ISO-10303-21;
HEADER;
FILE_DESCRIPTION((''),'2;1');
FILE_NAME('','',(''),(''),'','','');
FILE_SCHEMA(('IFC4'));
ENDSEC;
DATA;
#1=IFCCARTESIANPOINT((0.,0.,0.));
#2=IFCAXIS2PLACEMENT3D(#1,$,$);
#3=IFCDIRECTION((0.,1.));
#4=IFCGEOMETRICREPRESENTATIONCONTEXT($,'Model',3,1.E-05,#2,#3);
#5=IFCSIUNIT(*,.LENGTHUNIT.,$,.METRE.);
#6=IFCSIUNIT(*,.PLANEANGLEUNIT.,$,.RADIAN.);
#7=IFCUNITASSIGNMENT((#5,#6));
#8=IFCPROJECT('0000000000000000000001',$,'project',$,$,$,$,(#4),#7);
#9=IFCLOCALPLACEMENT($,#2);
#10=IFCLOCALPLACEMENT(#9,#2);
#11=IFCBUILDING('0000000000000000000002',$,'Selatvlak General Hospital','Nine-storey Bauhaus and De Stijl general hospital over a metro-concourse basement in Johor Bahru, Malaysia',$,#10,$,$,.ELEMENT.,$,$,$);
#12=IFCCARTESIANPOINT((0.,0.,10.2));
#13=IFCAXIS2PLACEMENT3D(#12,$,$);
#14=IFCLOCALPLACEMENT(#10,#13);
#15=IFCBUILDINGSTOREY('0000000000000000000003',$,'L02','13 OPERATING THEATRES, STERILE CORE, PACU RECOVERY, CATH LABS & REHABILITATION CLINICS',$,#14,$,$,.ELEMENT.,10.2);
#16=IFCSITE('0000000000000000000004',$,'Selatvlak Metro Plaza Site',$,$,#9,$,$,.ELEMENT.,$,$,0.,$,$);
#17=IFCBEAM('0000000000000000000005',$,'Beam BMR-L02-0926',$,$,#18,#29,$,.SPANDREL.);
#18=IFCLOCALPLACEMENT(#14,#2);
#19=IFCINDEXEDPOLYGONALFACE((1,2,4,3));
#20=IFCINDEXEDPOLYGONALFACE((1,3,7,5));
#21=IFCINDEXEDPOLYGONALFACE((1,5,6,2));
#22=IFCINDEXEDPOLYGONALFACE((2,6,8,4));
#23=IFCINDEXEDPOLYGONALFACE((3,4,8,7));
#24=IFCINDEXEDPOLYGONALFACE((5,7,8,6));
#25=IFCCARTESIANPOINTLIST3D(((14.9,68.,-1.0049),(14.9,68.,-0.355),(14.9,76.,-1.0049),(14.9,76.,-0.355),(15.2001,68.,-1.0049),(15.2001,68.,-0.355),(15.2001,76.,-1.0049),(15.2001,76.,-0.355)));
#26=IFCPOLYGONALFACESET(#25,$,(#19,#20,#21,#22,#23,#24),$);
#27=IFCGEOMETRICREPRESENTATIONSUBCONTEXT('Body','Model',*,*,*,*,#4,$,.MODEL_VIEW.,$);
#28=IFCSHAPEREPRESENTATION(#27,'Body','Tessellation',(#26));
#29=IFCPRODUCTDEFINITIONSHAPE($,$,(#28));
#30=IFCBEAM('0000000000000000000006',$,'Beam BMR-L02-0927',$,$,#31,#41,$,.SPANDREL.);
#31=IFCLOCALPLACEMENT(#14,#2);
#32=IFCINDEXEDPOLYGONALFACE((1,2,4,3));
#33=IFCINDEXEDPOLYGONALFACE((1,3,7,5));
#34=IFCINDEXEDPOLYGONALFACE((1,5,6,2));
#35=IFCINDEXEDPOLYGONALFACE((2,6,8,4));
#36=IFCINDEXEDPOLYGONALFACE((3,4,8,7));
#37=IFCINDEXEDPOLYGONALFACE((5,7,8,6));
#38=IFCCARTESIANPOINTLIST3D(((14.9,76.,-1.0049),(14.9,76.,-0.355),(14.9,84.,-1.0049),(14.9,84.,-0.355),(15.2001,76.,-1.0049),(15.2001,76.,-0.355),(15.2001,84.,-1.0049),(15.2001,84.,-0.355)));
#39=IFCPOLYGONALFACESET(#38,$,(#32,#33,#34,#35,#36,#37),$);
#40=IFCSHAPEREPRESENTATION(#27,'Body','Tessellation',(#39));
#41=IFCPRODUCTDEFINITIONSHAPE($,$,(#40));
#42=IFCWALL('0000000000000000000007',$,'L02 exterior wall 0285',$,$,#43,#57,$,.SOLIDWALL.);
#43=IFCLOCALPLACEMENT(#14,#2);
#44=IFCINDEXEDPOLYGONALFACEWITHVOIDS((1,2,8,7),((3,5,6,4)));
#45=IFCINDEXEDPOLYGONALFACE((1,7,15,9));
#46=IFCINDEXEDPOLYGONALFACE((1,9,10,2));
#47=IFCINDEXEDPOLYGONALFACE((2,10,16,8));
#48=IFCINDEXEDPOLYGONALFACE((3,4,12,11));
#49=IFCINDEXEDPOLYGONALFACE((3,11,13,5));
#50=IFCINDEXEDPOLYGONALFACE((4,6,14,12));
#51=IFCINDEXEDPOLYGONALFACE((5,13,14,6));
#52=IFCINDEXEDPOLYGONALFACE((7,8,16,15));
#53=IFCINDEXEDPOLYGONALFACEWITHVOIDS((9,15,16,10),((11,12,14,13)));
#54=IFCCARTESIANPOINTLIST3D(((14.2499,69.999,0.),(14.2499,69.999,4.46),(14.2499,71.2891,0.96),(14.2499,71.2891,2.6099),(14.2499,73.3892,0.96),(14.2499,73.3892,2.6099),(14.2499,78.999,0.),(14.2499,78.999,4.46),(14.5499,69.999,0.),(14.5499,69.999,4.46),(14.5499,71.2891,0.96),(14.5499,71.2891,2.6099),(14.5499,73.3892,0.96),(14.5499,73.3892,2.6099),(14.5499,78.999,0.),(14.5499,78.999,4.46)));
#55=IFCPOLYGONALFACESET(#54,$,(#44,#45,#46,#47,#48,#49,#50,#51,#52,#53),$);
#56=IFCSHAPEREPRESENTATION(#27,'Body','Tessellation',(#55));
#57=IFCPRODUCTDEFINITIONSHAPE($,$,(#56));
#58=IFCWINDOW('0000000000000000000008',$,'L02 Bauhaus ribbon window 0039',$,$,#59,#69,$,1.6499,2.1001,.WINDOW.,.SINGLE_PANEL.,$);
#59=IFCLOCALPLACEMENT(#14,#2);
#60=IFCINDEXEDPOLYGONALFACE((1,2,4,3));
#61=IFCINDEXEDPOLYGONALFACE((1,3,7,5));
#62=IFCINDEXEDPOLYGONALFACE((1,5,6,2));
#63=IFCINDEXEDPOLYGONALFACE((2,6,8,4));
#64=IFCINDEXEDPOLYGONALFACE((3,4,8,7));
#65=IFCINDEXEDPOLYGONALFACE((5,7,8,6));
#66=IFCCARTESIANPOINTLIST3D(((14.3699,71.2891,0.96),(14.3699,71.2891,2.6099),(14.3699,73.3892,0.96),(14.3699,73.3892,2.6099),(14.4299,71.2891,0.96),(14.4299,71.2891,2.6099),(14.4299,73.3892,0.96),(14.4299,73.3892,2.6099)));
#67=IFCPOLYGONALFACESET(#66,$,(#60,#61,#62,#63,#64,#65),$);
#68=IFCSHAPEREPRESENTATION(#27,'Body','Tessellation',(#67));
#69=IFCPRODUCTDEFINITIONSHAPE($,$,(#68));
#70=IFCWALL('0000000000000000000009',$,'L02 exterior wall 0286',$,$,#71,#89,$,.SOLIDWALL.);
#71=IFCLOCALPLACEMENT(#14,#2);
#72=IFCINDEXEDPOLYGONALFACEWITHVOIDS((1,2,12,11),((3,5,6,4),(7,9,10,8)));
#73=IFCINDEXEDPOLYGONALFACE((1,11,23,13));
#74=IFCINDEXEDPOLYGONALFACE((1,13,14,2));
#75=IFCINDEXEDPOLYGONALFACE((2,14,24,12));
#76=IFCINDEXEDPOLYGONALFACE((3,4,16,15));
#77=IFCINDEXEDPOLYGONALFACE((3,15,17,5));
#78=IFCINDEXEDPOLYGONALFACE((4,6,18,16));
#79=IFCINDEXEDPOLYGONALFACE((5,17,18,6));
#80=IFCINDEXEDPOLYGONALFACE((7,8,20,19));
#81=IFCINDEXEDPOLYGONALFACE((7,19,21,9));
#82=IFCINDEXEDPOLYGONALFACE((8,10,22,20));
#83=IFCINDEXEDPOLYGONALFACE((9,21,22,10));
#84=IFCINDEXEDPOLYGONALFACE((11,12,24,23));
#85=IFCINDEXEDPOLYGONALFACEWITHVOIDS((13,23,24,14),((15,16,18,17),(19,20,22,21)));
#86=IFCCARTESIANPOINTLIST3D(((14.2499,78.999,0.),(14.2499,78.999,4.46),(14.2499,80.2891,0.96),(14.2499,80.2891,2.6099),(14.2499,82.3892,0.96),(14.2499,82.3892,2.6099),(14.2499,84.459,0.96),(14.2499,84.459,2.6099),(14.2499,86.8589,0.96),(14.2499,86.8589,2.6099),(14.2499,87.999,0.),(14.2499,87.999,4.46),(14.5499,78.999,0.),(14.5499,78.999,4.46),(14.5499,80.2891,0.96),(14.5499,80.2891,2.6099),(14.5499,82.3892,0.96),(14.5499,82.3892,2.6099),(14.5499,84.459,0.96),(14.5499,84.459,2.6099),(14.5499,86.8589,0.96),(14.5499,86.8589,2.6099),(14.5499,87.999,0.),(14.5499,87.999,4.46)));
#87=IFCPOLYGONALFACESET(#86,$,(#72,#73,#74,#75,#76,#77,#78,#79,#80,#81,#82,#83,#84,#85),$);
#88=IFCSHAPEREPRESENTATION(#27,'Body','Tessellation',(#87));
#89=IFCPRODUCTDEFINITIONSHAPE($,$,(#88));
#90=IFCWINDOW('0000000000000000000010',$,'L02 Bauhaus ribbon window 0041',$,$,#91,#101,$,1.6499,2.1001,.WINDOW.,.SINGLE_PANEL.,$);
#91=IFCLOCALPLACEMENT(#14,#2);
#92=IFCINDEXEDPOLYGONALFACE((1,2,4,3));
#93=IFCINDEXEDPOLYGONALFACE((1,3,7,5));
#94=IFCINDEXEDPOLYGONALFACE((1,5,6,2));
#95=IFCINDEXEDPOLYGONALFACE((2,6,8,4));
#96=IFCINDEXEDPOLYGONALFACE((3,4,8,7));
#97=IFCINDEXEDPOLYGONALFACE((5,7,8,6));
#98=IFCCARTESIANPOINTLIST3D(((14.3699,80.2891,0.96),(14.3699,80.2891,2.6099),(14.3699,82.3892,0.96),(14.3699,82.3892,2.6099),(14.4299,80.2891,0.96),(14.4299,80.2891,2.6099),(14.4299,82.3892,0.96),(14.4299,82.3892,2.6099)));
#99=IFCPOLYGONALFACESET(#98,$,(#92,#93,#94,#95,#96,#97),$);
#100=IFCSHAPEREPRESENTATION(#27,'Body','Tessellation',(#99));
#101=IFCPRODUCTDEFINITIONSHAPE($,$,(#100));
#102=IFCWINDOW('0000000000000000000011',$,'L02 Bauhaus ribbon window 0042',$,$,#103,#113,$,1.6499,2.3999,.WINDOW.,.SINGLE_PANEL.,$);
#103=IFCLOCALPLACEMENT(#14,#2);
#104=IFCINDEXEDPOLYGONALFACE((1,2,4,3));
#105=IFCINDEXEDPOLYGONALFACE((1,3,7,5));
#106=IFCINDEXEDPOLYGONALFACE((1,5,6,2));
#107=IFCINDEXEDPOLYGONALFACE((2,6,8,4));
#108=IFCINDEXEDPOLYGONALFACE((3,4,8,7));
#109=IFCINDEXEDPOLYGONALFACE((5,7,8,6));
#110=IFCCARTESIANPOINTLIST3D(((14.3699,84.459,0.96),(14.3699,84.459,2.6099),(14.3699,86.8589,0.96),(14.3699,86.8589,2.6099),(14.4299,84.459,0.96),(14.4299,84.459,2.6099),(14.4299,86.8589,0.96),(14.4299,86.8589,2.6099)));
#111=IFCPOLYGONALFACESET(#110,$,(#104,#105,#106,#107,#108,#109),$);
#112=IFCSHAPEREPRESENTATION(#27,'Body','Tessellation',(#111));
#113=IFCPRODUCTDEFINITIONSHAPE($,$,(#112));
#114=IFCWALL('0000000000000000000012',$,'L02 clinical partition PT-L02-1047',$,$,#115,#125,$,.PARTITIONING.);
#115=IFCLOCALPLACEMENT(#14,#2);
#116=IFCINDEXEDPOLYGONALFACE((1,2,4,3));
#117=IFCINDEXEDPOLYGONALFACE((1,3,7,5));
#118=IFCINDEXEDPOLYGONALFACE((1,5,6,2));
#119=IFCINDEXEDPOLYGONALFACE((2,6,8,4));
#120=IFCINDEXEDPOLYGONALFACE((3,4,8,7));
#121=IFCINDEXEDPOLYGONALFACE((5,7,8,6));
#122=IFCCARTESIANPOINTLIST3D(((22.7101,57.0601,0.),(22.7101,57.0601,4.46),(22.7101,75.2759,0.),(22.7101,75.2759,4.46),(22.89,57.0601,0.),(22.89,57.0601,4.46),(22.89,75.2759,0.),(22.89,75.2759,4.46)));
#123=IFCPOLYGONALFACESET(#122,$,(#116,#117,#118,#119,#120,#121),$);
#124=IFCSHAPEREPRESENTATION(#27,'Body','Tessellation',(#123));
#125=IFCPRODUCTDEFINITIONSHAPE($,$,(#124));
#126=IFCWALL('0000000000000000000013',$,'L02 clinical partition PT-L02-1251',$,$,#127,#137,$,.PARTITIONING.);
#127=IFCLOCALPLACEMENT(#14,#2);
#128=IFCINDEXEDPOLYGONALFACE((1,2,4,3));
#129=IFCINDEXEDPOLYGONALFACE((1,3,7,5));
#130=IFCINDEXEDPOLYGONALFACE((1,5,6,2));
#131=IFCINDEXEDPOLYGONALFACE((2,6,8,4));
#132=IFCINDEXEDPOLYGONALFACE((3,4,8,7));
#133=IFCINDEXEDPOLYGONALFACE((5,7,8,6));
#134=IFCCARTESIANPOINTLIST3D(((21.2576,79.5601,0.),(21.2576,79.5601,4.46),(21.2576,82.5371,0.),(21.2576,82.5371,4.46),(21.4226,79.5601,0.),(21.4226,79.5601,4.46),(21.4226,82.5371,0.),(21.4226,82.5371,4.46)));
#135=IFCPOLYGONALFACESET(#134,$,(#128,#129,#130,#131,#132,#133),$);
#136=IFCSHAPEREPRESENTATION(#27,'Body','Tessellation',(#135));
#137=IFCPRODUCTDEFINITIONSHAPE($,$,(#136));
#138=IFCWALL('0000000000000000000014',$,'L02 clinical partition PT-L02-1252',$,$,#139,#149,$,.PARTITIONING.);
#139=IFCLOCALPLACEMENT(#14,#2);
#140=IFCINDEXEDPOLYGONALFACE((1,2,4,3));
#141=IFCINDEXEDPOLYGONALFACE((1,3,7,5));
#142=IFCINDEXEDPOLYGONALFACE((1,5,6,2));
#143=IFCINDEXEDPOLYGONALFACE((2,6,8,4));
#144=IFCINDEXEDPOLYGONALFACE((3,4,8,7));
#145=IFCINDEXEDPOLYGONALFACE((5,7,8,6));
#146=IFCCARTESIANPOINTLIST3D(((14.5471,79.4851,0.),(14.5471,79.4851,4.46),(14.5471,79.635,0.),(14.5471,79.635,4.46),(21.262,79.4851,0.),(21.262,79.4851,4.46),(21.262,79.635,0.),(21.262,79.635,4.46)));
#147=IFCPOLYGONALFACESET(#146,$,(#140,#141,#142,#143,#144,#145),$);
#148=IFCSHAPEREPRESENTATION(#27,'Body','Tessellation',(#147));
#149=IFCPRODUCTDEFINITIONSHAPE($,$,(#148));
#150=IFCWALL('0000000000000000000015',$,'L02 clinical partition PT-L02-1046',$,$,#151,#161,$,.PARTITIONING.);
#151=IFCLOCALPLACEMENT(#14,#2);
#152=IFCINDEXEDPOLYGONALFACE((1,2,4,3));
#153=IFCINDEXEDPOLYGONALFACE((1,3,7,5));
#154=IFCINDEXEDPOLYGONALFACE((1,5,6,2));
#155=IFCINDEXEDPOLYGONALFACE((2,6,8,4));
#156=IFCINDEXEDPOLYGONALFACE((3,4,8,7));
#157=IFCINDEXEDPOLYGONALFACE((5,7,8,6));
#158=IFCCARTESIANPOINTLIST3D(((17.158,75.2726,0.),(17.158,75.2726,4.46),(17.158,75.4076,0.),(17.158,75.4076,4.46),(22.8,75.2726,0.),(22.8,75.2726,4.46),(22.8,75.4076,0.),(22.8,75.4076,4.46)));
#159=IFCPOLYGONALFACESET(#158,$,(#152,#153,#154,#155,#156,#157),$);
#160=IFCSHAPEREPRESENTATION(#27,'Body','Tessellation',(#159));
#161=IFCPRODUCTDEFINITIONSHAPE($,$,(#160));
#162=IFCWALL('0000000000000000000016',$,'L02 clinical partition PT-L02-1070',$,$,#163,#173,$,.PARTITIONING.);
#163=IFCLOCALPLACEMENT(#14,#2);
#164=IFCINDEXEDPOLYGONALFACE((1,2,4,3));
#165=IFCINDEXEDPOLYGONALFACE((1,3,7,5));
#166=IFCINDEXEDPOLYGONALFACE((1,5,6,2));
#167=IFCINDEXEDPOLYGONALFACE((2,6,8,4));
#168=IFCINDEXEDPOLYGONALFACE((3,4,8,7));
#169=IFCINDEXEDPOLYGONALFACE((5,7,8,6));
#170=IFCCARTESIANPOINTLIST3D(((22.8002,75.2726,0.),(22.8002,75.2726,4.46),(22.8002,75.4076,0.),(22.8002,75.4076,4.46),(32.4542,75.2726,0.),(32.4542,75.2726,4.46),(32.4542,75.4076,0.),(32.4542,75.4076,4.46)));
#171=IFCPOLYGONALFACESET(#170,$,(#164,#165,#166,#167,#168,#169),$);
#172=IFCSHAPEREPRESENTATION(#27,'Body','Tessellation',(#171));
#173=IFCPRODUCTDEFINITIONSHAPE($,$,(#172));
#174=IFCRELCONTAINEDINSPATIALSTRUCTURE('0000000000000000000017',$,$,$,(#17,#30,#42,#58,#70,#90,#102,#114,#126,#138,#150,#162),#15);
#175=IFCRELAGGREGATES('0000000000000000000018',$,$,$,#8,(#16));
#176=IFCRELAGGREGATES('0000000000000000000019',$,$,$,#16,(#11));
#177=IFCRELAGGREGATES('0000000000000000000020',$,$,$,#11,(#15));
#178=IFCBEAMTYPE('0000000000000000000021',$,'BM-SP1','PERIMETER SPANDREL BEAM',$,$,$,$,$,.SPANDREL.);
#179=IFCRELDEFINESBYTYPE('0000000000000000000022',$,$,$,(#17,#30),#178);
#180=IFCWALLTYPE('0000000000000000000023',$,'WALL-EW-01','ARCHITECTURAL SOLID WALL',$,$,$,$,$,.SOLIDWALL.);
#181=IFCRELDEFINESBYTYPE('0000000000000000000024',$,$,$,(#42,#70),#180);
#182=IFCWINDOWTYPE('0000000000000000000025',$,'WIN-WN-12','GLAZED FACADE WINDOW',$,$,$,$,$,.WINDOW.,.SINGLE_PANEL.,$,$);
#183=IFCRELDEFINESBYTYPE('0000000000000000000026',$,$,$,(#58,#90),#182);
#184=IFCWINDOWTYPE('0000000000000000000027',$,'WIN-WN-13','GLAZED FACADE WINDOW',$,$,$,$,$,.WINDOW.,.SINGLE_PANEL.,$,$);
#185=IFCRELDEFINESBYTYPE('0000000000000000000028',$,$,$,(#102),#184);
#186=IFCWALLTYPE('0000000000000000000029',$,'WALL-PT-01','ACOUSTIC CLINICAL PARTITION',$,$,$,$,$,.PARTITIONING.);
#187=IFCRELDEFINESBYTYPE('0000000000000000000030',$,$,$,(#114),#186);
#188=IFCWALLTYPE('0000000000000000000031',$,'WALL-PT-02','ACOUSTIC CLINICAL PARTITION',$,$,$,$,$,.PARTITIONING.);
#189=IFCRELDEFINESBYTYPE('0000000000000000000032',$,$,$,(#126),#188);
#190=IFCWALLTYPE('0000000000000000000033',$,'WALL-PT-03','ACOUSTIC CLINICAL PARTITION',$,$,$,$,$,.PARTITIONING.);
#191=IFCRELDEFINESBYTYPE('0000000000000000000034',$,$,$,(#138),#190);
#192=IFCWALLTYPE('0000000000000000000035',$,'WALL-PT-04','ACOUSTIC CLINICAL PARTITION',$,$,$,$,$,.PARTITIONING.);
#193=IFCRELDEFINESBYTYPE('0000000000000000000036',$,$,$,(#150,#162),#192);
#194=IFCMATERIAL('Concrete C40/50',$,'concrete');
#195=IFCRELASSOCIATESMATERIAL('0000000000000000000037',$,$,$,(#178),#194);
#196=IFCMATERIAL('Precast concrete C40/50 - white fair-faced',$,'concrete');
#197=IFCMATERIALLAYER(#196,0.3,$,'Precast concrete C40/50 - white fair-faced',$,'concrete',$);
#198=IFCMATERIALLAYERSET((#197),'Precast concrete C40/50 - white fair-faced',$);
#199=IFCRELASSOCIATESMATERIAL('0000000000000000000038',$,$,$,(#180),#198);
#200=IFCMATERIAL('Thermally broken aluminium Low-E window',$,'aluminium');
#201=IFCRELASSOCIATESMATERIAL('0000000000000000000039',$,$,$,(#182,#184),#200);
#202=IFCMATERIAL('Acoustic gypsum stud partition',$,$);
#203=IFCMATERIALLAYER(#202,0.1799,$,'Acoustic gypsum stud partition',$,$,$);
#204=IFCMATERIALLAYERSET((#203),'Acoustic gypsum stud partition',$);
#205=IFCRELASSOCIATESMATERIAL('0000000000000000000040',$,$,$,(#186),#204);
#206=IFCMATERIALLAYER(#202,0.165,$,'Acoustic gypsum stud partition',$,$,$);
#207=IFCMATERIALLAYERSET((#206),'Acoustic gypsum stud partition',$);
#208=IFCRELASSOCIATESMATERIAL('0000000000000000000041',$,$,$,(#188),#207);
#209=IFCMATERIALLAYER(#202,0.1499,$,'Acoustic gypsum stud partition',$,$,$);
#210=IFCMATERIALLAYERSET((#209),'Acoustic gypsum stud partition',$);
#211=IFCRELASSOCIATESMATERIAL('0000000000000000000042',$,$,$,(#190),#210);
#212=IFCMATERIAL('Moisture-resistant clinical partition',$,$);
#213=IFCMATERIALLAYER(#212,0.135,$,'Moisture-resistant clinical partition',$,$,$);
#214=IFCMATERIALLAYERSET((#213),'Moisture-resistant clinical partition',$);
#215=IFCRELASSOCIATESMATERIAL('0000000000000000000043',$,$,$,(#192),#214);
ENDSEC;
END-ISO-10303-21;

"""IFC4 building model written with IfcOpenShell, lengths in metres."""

from ifc_helpers import new_model, si_unit, direction, frame, frame_2d, origin, origin_2d, place, context, subcontext, project, spatial, rectangle, extrude, material, layer, layer_set, material_profile, profile_set, type_object, element, fill, save


model = new_model("IFC4")

# Units and contexts
model_context = context("Model", 3, precision=1e-05, world=origin(), true_north=direction((0.0, 1.0)))
body_context = subcontext(model_context, "Body", "Model", "MODEL_VIEW")
ifc_project = project(units=[si_unit("LENGTHUNIT", "METRE"), si_unit("PLANEANGLEUNIT", "RADIAN")], contexts=[model_context])

# Site, building, storey
site_placement = place(None, origin())
site = spatial("IfcSite", under=ifc_project, at=site_placement, Name="Selatvlak Metro Plaza Site", CompositionType="ELEMENT", RefElevation=0.0)
building_placement = place(site_placement, origin())
building = spatial("IfcBuilding", under=site, at=building_placement, Name="Selatvlak General Hospital", Description="Nine-storey Bauhaus and De Stijl general hospital over a metro-concourse basement in Johor Bahru, Malaysia", CompositionType="ELEMENT")
storey_placement = place(building_placement, frame((0.0, 0.0, 10.2)))
storey = spatial("IfcBuildingStorey", under=building, at=storey_placement, Name="L02", Description="13 OPERATING THEATRES, STERILE CORE, PACU RECOVERY, CATH LABS & REHABILITATION CLINICS", CompositionType="ELEMENT", Elevation=10.2)

# Beams
ifc_material_1 = material(Name="Concrete C40/50", Category="concrete")
ifc_material_profile_1 = material_profile(ifc_material_1, rectangle(XDim=0.3, YDim=0.6499, at=origin_2d()), Name="RC-SP 300x650")
ifc_profile_set_1 = profile_set([ifc_material_profile_1], Name="Concrete C40/50")
beam_type_1 = type_object("IfcBeamType", Name="BM-SP1", Description="PERIMETER SPANDREL BEAM", PredefinedType="SPANDREL", material=ifc_profile_set_1)
for number, where, z_axis, x_axis, name in (
    (1, (15.05, 68.0, -0.6799), (0.0, 1.0, 0.0), (-1.0, 0.0, 0.0), "Beam BMR-L02-0926"),
    (2, (15.05, 76.0, -0.6799), (0.0, 1.0, 0.0), (-1.0, 0.0, 0.0), "Beam BMR-L02-0927"),
):
    element("IfcBeam", number, at=place(storey_placement, frame(where, z_axis=z_axis, x_axis=x_axis)), inside=storey, type_object=beam_type_1, Name=name, PredefinedType="SPANDREL", context=body_context, shape_type="SweptSolid", body=[
        extrude(rectangle(XDim=0.3, YDim=0.6499, at=origin_2d()), origin(), (0.0, 0.0, 1.0), 8.0),
    ])

# Wall, opening, window
ifc_material_2 = material(Name="Precast concrete C40/50 - white fair-faced", Category="concrete")
ifc_layer_1 = layer(ifc_material_2, 0.3, Name="Precast concrete C40/50 - white fair-faced", Category="concrete")
ifc_layer_set_1 = layer_set([ifc_layer_1], Name="Precast concrete C40/50 - white fair-faced")
wall_type_1 = type_object("IfcWallType", Name="WALL-EW-01", Description="ARCHITECTURAL SOLID WALL", PredefinedType="SOLIDWALL", material=ifc_layer_set_1)
wall_1_placement = place(storey_placement, frame((14.3999, 69.999, 0.0), z_axis=(0.0, 0.0, 1.0), x_axis=(0.0, 1.0, 0.0)))
wall_1 = element("IfcWall", 3, at=wall_1_placement, inside=storey, type_object=wall_type_1, Name="L02 exterior wall 0285", PredefinedType="SOLIDWALL", context=body_context, shape_type="SweptSolid", body=[
    extrude(rectangle(XDim=9.0, YDim=0.3, at=frame_2d((4.5, 0.0))), origin(), (0.0, 0.0, 1.0), 4.46),
])
opening_1_placement = place(wall_1_placement, frame((1.29, 0.0, 0.96)))
opening_1 = element("IfcOpeningElement", 4, at=opening_1_placement, cuts=wall_1, PredefinedType="OPENING", context=body_context, shape_type="SweptSolid", body=[
    extrude(rectangle(XDim=2.1001, YDim=1.6499, at=frame_2d((1.05, 0.825))), frame((0.0, 0.1599, 0.0), z_axis=(0.0, -1.0, 0.0), x_axis=(1.0, 0.0, 0.0)), (0.0, 0.0, 1.0), 0.3201),
])
ifc_material_3 = material(Name="Thermally broken aluminium Low-E window", Category="aluminium")
window_type_1 = type_object("IfcWindowType", Name="WIN-WN-12", Description="GLAZED FACADE WINDOW", PartitioningType="SINGLE_PANEL", PredefinedType="WINDOW", material=ifc_material_3)
window_1_placement = place(opening_1_placement, origin())
window_1 = element("IfcWindow", 5, at=window_1_placement, inside=storey, type_object=window_type_1, Name="L02 Bauhaus ribbon window 0039", OverallHeight=1.6499, OverallWidth=2.1001, PartitioningType="SINGLE_PANEL", PredefinedType="WINDOW", context=body_context, shape_type="SweptSolid", body=[
    extrude(rectangle(XDim=2.1001, YDim=1.6499, at=frame_2d((1.05, 0.825))), frame((0.0, 0.03, 0.0), z_axis=(0.0, -1.0, 0.0), x_axis=(1.0, 0.0, 0.0)), (0.0, 0.0, 1.0), 0.0601),
])
fill(opening_1, window_1)

# Wall, openings, windows
wall_2_placement = place(storey_placement, frame((14.3999, 78.999, 0.0), z_axis=(0.0, 0.0, 1.0), x_axis=(0.0, 1.0, 0.0)))
wall_2 = element("IfcWall", 6, at=wall_2_placement, inside=storey, type_object=wall_type_1, Name="L02 exterior wall 0286", PredefinedType="SOLIDWALL", context=body_context, shape_type="SweptSolid", body=[
    extrude(rectangle(XDim=9.0, YDim=0.3, at=frame_2d((4.5, 0.0))), origin(), (0.0, 0.0, 1.0), 4.46),
])
opening_2_placement = place(wall_2_placement, frame((1.29, 0.0, 0.96)))
opening_2 = element("IfcOpeningElement", 7, at=opening_2_placement, cuts=wall_2, PredefinedType="OPENING", context=body_context, shape_type="SweptSolid", body=[
    extrude(rectangle(XDim=2.1001, YDim=1.6499, at=frame_2d((1.05, 0.825))), frame((0.0, 0.1599, 0.0), z_axis=(0.0, -1.0, 0.0), x_axis=(1.0, 0.0, 0.0)), (0.0, 0.0, 1.0), 0.3201),
])
opening_3_placement = place(wall_2_placement, frame((5.46, 0.0, 0.96)))
opening_3 = element("IfcOpeningElement", 8, at=opening_3_placement, cuts=wall_2, PredefinedType="OPENING", context=body_context, shape_type="SweptSolid", body=[
    extrude(rectangle(XDim=2.3999, YDim=1.6499, at=frame_2d((1.2, 0.825))), frame((0.0, 0.1599, 0.0), z_axis=(0.0, -1.0, 0.0), x_axis=(1.0, 0.0, 0.0)), (0.0, 0.0, 1.0), 0.3201),
])
window_2_placement = place(opening_2_placement, origin())
window_2 = element("IfcWindow", 9, at=window_2_placement, inside=storey, type_object=window_type_1, Name="L02 Bauhaus ribbon window 0041", OverallHeight=1.6499, OverallWidth=2.1001, PartitioningType="SINGLE_PANEL", PredefinedType="WINDOW", context=body_context, shape_type="SweptSolid", body=[
    extrude(rectangle(XDim=2.1001, YDim=1.6499, at=frame_2d((1.05, 0.825))), frame((0.0, 0.03, 0.0), z_axis=(0.0, -1.0, 0.0), x_axis=(1.0, 0.0, 0.0)), (0.0, 0.0, 1.0), 0.0601),
])
fill(opening_2, window_2)
window_type_2 = type_object("IfcWindowType", Name="WIN-WN-13", Description="GLAZED FACADE WINDOW", PartitioningType="SINGLE_PANEL", PredefinedType="WINDOW", material=ifc_material_3)
window_3_placement = place(opening_3_placement, origin())
window_3 = element("IfcWindow", 10, at=window_3_placement, inside=storey, type_object=window_type_2, Name="L02 Bauhaus ribbon window 0042", OverallHeight=1.6499, OverallWidth=2.3999, PartitioningType="SINGLE_PANEL", PredefinedType="WINDOW", context=body_context, shape_type="SweptSolid", body=[
    extrude(rectangle(XDim=2.3999, YDim=1.6499, at=frame_2d((1.2, 0.825))), frame((0.0, 0.03, 0.0), z_axis=(0.0, -1.0, 0.0), x_axis=(1.0, 0.0, 0.0)), (0.0, 0.0, 1.0), 0.0601),
])
fill(opening_3, window_3)

# Walls
ifc_material_4 = material(Name="Acoustic gypsum stud partition")
ifc_layer_2 = layer(ifc_material_4, 0.1799, Name="Acoustic gypsum stud partition")
ifc_layer_set_2 = layer_set([ifc_layer_2], Name="Acoustic gypsum stud partition")
wall_type_2 = type_object("IfcWallType", Name="WALL-PT-01", Description="ACOUSTIC CLINICAL PARTITION", PredefinedType="PARTITIONING", material=ifc_layer_set_2)
wall_3_placement = place(storey_placement, frame((22.8, 75.2759, 0.0), z_axis=(0.0, 0.0, 1.0), x_axis=(0.0, -1.0, 0.0)))
element("IfcWall", 11, at=wall_3_placement, inside=storey, type_object=wall_type_2, Name="L02 clinical partition PT-L02-1047", PredefinedType="PARTITIONING", context=body_context, shape_type="SweptSolid", body=[
    extrude(rectangle(XDim=18.2158, YDim=0.1799, at=frame_2d((9.1079, 0.0))), origin(), (0.0, 0.0, 1.0), 4.46),
])
ifc_layer_3 = layer(ifc_material_4, 0.165, Name="Acoustic gypsum stud partition")
ifc_layer_set_3 = layer_set([ifc_layer_3], Name="Acoustic gypsum stud partition")
wall_type_3 = type_object("IfcWallType", Name="WALL-PT-02", Description="ACOUSTIC CLINICAL PARTITION", PredefinedType="PARTITIONING", material=ifc_layer_set_3)
wall_4_placement = place(storey_placement, frame((21.3401, 82.5371, 0.0), z_axis=(0.0, 0.0, 1.0), x_axis=(0.0, -1.0, 0.0)))
element("IfcWall", 12, at=wall_4_placement, inside=storey, type_object=wall_type_3, Name="L02 clinical partition PT-L02-1251", PredefinedType="PARTITIONING", context=body_context, shape_type="SweptSolid", body=[
    extrude(rectangle(XDim=2.9771, YDim=0.165, at=frame_2d((1.4885, 0.0))), origin(), (0.0, 0.0, 1.0), 4.46),
])
ifc_layer_4 = layer(ifc_material_4, 0.1499, Name="Acoustic gypsum stud partition")
ifc_layer_set_4 = layer_set([ifc_layer_4], Name="Acoustic gypsum stud partition")
wall_type_4 = type_object("IfcWallType", Name="WALL-PT-03", Description="ACOUSTIC CLINICAL PARTITION", PredefinedType="PARTITIONING", material=ifc_layer_set_4)
wall_5_placement = place(storey_placement, frame((21.262, 79.5601, 0.0), z_axis=(0.0, 0.0, 1.0), x_axis=(-1.0, 0.0, 0.0)))
element("IfcWall", 13, at=wall_5_placement, inside=storey, type_object=wall_type_4, Name="L02 clinical partition PT-L02-1252", PredefinedType="PARTITIONING", context=body_context, shape_type="SweptSolid", body=[
    extrude(rectangle(XDim=6.7148, YDim=0.1499, at=frame_2d((3.3574, 0.0))), origin(), (0.0, 0.0, 1.0), 4.46),
])
ifc_material_5 = material(Name="Moisture-resistant clinical partition")
ifc_layer_5 = layer(ifc_material_5, 0.135, Name="Moisture-resistant clinical partition")
ifc_layer_set_5 = layer_set([ifc_layer_5], Name="Moisture-resistant clinical partition")
wall_type_5 = type_object("IfcWallType", Name="WALL-PT-04", Description="ACOUSTIC CLINICAL PARTITION", PredefinedType="PARTITIONING", material=ifc_layer_set_5)
wall_6_placement = place(storey_placement, frame((17.158, 75.3401, 0.0), z_axis=(0.0, 0.0, 1.0), x_axis=(1.0, 0.0, 0.0)))
element("IfcWall", 14, at=wall_6_placement, inside=storey, type_object=wall_type_5, Name="L02 clinical partition PT-L02-1046", PredefinedType="PARTITIONING", context=body_context, shape_type="SweptSolid", body=[
    extrude(rectangle(XDim=5.6421, YDim=0.135, at=frame_2d((2.821, 0.0))), origin(), (0.0, 0.0, 1.0), 4.46),
])
wall_7_placement = place(storey_placement, frame((22.8, 75.3401, 0.0), z_axis=(0.0, 0.0, 1.0), x_axis=(1.0, 0.0, 0.0)))
element("IfcWall", 15, at=wall_7_placement, inside=storey, type_object=wall_type_5, Name="L02 clinical partition PT-L02-1070", PredefinedType="PARTITIONING", context=body_context, shape_type="SweptSolid", body=[
    extrude(rectangle(XDim=9.6541, YDim=0.135, at=frame_2d((4.8271, 0.0))), origin(), (0.0, 0.0, 1.0), 4.46),
])

save(model, "model.ifc")
